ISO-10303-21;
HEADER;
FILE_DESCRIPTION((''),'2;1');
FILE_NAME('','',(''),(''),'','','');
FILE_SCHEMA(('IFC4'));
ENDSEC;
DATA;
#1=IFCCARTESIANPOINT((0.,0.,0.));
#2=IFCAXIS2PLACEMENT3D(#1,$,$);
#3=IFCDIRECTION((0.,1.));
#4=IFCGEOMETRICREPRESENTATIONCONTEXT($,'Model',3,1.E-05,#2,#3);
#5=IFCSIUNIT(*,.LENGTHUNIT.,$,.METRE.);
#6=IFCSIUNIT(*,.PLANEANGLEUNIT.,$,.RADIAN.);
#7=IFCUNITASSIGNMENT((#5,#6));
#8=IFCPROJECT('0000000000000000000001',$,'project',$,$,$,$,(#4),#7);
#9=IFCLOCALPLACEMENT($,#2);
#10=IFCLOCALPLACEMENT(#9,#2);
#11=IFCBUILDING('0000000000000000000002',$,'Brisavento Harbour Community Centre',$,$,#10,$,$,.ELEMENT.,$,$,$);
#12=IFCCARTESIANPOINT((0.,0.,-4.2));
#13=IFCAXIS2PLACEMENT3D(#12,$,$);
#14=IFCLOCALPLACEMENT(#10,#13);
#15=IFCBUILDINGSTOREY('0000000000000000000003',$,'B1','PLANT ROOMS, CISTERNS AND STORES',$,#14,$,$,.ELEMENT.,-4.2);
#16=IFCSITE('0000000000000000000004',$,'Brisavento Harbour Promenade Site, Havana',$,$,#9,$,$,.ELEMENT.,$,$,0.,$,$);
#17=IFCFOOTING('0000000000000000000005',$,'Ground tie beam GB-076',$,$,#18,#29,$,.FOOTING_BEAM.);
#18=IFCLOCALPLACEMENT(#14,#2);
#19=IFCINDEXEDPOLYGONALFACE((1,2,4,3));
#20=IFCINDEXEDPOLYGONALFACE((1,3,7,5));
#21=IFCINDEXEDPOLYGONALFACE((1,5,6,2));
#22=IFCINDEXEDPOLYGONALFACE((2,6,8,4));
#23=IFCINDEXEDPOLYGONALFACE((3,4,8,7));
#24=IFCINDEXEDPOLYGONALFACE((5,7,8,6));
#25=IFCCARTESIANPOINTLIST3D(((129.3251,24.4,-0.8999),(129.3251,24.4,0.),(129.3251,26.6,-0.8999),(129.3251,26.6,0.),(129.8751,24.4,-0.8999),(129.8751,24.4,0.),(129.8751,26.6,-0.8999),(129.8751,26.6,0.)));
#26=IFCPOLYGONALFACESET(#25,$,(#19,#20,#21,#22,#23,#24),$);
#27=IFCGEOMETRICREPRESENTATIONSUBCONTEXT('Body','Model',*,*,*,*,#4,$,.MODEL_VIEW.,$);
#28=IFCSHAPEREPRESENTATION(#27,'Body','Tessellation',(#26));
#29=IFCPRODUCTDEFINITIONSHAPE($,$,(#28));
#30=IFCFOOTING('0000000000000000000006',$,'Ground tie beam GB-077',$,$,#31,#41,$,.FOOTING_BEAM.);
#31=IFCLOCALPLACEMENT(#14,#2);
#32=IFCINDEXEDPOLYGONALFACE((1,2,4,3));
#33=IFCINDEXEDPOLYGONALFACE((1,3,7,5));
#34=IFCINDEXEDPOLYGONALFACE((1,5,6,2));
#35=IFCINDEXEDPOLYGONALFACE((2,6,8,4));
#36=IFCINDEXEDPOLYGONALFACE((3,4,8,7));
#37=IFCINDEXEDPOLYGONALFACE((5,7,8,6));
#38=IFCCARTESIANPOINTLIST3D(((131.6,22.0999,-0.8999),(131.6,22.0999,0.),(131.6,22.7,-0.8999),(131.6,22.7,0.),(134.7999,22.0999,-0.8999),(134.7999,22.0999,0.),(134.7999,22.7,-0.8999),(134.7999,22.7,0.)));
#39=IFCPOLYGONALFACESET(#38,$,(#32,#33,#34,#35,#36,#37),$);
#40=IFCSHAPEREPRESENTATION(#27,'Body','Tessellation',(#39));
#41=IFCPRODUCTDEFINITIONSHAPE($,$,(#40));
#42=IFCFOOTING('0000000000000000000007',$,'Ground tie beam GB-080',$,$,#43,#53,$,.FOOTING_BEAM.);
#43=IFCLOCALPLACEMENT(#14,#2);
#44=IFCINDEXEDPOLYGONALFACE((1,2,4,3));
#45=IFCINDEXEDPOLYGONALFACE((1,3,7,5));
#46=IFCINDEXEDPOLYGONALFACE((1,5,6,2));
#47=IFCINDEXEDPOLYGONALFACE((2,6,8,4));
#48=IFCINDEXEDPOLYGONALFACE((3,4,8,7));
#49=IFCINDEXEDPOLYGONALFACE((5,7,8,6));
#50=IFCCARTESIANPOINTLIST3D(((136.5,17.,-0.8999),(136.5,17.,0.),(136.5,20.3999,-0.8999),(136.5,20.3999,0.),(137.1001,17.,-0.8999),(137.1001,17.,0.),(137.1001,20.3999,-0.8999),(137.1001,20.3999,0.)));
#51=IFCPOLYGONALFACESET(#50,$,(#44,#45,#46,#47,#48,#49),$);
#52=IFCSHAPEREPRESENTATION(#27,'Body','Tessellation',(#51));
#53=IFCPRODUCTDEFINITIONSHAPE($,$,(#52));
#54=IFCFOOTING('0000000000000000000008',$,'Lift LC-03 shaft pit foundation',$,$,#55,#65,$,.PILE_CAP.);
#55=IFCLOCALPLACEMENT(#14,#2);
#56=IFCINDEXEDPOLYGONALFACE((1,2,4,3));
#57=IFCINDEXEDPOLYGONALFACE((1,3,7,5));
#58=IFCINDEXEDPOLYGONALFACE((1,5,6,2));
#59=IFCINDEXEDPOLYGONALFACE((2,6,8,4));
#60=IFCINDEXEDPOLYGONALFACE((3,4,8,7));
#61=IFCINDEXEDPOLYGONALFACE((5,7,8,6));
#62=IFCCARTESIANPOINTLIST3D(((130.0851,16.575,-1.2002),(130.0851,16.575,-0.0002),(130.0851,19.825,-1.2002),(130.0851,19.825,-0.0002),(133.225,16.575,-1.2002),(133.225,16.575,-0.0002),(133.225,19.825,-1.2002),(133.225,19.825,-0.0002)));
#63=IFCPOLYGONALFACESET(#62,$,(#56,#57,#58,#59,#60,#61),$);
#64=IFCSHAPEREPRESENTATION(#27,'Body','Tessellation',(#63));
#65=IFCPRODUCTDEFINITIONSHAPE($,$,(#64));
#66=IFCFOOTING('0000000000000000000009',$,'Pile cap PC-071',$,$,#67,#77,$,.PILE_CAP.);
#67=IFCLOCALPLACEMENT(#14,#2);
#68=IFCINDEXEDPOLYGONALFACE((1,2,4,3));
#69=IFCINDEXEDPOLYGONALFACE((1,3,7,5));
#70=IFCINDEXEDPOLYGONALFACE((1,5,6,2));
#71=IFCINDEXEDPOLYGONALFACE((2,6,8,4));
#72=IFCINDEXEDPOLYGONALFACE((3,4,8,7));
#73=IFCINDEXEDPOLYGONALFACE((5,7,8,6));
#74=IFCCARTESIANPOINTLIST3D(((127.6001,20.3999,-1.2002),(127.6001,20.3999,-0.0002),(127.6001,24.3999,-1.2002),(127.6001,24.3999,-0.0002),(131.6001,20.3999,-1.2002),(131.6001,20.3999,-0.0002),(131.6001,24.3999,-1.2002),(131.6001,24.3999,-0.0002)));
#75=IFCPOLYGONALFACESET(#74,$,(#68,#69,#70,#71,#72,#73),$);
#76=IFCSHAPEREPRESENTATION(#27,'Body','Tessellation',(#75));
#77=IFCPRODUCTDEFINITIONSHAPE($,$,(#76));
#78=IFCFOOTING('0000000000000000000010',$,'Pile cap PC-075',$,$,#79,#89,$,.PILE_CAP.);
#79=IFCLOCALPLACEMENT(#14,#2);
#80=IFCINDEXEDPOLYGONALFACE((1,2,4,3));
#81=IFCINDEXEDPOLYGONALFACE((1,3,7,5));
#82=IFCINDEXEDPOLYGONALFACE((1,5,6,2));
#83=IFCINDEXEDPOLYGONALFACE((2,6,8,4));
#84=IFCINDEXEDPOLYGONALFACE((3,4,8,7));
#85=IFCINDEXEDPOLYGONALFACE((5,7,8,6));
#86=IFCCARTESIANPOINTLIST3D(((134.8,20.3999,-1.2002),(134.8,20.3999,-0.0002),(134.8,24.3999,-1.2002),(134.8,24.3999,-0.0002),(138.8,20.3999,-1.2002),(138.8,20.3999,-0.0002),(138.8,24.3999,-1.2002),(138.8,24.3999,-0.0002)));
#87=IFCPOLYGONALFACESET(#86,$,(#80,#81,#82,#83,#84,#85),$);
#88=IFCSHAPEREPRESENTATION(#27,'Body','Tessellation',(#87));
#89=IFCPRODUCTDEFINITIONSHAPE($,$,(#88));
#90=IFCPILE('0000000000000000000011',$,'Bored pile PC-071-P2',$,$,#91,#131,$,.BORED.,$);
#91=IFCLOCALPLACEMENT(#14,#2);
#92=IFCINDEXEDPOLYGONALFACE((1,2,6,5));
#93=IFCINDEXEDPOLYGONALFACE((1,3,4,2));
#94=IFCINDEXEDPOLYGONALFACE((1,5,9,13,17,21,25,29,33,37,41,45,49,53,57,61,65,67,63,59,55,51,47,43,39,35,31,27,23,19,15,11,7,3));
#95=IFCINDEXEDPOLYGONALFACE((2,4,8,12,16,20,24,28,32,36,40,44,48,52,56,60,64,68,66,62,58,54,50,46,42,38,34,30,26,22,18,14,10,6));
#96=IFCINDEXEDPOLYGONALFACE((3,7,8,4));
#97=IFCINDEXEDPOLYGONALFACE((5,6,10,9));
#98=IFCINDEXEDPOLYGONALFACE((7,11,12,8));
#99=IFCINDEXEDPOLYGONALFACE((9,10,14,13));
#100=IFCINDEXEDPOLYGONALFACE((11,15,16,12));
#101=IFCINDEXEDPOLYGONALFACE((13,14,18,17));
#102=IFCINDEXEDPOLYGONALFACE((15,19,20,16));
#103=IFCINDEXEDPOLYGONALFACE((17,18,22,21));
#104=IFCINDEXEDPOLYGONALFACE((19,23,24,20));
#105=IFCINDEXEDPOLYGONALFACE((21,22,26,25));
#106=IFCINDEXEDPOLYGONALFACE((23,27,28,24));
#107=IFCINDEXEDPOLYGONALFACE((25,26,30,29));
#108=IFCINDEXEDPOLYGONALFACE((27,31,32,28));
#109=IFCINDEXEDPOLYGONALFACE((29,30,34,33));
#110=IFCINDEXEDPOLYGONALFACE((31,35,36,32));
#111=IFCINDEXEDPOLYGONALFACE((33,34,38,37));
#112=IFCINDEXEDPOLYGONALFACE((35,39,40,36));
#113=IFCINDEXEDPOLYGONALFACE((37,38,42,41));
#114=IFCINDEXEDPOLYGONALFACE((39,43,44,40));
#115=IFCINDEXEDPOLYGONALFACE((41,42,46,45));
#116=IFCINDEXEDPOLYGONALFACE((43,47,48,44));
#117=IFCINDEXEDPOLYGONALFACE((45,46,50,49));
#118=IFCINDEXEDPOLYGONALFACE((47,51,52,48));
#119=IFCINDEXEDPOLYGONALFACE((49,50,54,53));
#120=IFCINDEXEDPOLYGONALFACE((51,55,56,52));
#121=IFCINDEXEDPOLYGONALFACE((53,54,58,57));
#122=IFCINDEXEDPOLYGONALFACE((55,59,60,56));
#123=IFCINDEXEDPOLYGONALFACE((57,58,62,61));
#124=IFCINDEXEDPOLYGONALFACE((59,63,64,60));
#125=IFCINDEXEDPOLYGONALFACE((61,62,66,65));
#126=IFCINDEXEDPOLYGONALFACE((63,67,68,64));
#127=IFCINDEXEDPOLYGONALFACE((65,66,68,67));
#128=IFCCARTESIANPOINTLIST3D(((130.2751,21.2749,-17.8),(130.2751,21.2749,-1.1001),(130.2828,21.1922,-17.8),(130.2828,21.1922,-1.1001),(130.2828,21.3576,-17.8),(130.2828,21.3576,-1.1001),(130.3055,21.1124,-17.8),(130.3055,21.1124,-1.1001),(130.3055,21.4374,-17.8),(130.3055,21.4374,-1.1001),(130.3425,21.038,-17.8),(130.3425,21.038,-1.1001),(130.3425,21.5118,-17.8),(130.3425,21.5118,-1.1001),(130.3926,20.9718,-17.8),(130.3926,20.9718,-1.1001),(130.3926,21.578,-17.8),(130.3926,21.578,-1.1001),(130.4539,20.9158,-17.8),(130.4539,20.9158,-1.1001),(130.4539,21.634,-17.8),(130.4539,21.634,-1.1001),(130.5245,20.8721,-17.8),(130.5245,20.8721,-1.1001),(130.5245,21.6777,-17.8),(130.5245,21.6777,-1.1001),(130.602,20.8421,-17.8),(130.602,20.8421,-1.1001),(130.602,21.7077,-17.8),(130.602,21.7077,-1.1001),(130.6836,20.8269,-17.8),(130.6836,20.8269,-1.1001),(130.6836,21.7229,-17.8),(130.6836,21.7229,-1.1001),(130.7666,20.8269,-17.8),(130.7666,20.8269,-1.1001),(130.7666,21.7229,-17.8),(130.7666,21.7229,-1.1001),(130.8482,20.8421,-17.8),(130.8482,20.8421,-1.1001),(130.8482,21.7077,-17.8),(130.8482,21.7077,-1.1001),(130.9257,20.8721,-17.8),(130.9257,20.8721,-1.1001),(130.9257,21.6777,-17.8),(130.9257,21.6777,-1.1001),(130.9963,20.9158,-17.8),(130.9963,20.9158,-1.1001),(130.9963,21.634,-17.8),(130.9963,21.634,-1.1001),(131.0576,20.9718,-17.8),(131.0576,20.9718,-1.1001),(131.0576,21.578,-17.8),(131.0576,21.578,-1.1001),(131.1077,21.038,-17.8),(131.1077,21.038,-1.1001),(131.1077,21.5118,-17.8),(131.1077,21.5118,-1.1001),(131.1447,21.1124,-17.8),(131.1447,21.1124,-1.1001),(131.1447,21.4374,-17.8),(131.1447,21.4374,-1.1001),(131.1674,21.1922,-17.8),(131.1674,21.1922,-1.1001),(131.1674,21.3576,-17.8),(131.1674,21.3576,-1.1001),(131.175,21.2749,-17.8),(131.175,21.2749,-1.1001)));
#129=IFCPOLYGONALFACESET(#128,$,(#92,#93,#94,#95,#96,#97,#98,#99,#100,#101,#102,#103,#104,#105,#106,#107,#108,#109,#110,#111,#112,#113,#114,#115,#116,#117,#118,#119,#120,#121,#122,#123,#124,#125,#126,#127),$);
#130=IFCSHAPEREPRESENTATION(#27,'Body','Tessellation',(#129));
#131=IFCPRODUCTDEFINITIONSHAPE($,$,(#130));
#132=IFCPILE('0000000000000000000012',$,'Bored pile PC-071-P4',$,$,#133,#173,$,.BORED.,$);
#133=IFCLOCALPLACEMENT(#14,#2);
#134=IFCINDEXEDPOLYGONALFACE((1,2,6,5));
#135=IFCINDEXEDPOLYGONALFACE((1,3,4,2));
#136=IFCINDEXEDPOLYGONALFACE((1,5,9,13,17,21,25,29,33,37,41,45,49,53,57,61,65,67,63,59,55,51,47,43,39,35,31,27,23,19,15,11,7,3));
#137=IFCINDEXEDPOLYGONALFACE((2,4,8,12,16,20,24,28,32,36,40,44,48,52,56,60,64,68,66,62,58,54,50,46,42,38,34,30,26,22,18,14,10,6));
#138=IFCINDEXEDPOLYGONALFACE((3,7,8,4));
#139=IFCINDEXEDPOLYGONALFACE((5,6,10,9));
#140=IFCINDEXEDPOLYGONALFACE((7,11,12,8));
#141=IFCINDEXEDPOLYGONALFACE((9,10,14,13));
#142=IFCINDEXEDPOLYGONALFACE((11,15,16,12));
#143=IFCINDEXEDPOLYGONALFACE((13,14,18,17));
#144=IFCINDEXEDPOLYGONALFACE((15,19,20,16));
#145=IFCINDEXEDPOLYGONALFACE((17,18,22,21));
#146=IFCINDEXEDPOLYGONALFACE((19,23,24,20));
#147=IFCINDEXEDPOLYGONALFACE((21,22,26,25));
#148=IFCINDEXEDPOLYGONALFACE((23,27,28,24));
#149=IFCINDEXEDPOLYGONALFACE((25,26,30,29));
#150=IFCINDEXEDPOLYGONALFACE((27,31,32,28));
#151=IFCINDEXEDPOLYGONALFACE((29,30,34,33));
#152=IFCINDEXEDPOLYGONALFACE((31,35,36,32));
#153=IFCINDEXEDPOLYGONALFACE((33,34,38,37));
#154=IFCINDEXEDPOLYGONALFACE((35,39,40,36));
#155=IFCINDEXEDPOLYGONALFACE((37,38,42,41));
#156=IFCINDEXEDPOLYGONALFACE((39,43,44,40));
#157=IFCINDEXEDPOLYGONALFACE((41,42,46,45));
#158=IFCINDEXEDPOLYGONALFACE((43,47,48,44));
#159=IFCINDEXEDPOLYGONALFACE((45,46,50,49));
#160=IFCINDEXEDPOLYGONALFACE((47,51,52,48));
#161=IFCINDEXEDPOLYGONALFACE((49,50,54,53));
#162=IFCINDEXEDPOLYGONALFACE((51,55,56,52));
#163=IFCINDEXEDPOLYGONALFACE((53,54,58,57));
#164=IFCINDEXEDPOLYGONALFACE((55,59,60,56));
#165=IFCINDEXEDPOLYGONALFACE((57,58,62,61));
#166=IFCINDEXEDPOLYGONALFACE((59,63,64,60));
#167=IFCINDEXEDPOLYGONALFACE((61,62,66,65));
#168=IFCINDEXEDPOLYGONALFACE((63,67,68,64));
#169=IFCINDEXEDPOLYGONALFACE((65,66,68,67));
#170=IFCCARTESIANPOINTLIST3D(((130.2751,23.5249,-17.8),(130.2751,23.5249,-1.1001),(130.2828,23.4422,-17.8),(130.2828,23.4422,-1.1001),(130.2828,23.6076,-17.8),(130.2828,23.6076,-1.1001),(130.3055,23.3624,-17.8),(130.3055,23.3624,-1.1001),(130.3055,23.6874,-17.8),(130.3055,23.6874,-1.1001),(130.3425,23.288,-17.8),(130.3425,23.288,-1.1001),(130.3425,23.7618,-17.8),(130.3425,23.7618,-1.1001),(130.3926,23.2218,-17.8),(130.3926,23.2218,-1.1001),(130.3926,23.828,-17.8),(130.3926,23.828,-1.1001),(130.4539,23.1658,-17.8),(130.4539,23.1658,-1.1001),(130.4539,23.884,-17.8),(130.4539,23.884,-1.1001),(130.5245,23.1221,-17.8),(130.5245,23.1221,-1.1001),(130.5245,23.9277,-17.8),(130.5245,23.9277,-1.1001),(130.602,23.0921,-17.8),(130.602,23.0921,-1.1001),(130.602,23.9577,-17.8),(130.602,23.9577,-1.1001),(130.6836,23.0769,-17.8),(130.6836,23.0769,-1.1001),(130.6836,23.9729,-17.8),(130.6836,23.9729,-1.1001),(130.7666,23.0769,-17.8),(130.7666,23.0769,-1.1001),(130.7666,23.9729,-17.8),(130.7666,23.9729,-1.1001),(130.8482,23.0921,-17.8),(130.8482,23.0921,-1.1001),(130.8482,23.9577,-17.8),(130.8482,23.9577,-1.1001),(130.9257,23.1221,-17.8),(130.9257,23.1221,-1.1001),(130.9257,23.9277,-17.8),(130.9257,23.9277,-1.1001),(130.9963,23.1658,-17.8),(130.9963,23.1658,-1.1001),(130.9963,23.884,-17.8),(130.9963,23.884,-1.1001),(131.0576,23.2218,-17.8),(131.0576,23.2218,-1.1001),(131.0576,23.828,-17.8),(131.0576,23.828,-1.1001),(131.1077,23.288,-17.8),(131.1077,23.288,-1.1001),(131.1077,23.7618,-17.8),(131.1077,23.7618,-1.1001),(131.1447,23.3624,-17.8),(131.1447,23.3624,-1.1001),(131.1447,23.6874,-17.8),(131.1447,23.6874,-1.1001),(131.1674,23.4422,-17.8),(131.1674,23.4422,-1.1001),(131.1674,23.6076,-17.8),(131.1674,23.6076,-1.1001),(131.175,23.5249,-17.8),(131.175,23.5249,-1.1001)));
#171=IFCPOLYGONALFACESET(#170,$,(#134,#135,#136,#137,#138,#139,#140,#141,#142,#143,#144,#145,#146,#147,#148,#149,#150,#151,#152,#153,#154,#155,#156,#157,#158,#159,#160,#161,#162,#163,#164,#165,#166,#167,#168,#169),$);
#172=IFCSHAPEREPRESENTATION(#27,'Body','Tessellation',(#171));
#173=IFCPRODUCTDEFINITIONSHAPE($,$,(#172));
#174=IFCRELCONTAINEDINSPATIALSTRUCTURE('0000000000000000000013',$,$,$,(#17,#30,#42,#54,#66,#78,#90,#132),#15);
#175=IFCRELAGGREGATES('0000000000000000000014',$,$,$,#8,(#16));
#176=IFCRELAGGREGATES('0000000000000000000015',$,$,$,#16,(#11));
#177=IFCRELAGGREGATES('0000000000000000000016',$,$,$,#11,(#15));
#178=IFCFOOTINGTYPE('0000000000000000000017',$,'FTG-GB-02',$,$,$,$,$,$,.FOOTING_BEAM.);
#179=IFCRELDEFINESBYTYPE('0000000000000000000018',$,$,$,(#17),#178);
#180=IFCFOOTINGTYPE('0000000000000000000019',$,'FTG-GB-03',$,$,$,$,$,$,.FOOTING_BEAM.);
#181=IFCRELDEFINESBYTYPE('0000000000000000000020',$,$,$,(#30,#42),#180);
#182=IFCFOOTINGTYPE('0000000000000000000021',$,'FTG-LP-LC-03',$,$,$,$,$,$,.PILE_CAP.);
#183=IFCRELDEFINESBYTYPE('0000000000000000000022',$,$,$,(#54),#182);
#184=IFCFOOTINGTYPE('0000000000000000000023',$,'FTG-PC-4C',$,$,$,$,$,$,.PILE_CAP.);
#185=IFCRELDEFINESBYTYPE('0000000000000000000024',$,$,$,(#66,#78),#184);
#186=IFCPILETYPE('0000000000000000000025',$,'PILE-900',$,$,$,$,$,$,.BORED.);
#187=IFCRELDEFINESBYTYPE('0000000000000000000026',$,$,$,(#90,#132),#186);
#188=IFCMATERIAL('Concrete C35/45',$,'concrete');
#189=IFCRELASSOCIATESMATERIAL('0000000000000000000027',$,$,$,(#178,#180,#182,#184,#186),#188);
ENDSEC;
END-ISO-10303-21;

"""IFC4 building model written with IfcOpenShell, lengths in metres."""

from ifc_helpers import new_model, si_unit, direction, frame, origin, origin_2d, place, context, subcontext, project, spatial, rectangle, circle, extrude, material, material_profile, profile_set, type_object, element, save


model = new_model("IFC4")

# Units and contexts
model_context = context("Model", 3, precision=1e-05, world=origin(), true_north=direction((0.0, 1.0)))
body_context = subcontext(model_context, "Body", "Model", "MODEL_VIEW")
ifc_project = project(units=[si_unit("LENGTHUNIT", "METRE"), si_unit("PLANEANGLEUNIT", "RADIAN")], contexts=[model_context])

# Site, building, storey
site_placement = place(None, origin())
site = spatial("IfcSite", under=ifc_project, at=site_placement, Name="Brisavento Harbour Promenade Site, Havana", CompositionType="ELEMENT", RefElevation=0.0)
building_placement = place(site_placement, origin())
building = spatial("IfcBuilding", under=site, at=building_placement, Name="Brisavento Harbour Community Centre", CompositionType="ELEMENT")
storey_placement = place(building_placement, frame((0.0, 0.0, -4.2)))
storey = spatial("IfcBuildingStorey", under=building, at=storey_placement, Name="B1", Description="PLANT ROOMS, CISTERNS AND STORES", CompositionType="ELEMENT", Elevation=-4.2)

# Footings
ifc_material_1 = material(Name="Concrete C35/45", Category="concrete")
footing_type_1 = type_object("IfcFootingType", Name="FTG-GB-02", PredefinedType="FOOTING_BEAM", material=ifc_material_1)
footing_1_placement = place(storey_placement, frame((129.6001, 25.5, -0.8999), z_axis=(0.0, 0.0, 1.0), x_axis=(1.0, 0.0, 0.0)))
element("IfcFooting", 1, at=footing_1_placement, inside=storey, type_object=footing_type_1, Name="Ground tie beam GB-076", PredefinedType="FOOTING_BEAM", context=body_context, shape_type="SweptSolid", body=[
    extrude(rectangle(XDim=0.55, YDim=2.2, at=origin_2d()), origin(), (0.0, 0.0, 1.0), 0.8999),
])
footing_type_2 = type_object("IfcFootingType", Name="FTG-GB-03", PredefinedType="FOOTING_BEAM", material=ifc_material_1)
footing_2_placement = place(storey_placement, frame((133.2, 22.3999, -0.8999), z_axis=(0.0, 0.0, 1.0), x_axis=(1.0, 0.0, 0.0)))
element("IfcFooting", 2, at=footing_2_placement, inside=storey, type_object=footing_type_2, Name="Ground tie beam GB-077", PredefinedType="FOOTING_BEAM", context=body_context, shape_type="SweptSolid", body=[
    extrude(rectangle(XDim=3.2, YDim=0.6001, at=origin_2d()), origin(), (0.0, 0.0, 1.0), 0.8999),
])
footing_3_placement = place(storey_placement, frame((136.8, 18.7, -0.8999), z_axis=(0.0, 0.0, 1.0), x_axis=(1.0, 0.0, 0.0)))
element("IfcFooting", 3, at=footing_3_placement, inside=storey, type_object=footing_type_2, Name="Ground tie beam GB-080", PredefinedType="FOOTING_BEAM", context=body_context, shape_type="SweptSolid", body=[
    extrude(rectangle(XDim=0.6001, YDim=3.3999, at=origin_2d()), origin(), (0.0, 0.0, 1.0), 0.8999),
])
footing_type_3 = type_object("IfcFootingType", Name="FTG-LP-LC-03", PredefinedType="PILE_CAP", material=ifc_material_1)
footing_4_placement = place(storey_placement, frame((131.655, 18.2, -1.2002), z_axis=(0.0, 0.0, 1.0), x_axis=(1.0, 0.0, 0.0)))
element("IfcFooting", 4, at=footing_4_placement, inside=storey, type_object=footing_type_3, Name="Lift LC-03 shaft pit foundation", PredefinedType="PILE_CAP", context=body_context, shape_type="SweptSolid", body=[
    extrude(rectangle(XDim=3.1399, YDim=3.25, at=origin_2d()), origin(), (0.0, 0.0, 1.0), 1.2),
])
footing_type_4 = type_object("IfcFootingType", Name="FTG-PC-4C", PredefinedType="PILE_CAP", material=ifc_material_1)
for number, where, z_axis, x_axis, name in (
    (5, (129.6001, 22.3999, -1.2002), (0.0, 0.0, 1.0), (1.0, 0.0, 0.0), "Pile cap PC-071"),
    (6, (136.8, 22.3999, -1.2002), (0.0, 0.0, 1.0), (1.0, 0.0, 0.0), "Pile cap PC-075"),
):
    element("IfcFooting", number, at=place(storey_placement, frame(where, z_axis=z_axis, x_axis=x_axis)), inside=storey, type_object=footing_type_4, Name=name, PredefinedType="PILE_CAP", context=body_context, shape_type="SweptSolid", body=[
        extrude(rectangle(XDim=4.0, YDim=4.0, at=origin_2d()), origin(), (0.0, 0.0, 1.0), 1.2),
    ])

# Piles
ifc_material_profile_1 = material_profile(ifc_material_1, circle(Radius=0.45, at=origin_2d()), Name="Concrete C35/45")
ifc_profile_set_1 = profile_set([ifc_material_profile_1], Name="Concrete C35/45")
pile_type = type_object("IfcPileType", Name="PILE-900", PredefinedType="BORED", material=ifc_profile_set_1)
for number, where, z_axis, x_axis, name in (
    (7, (130.7251, 21.2749, -1.1001), (0.0, 0.0, -1.0), (1.0, 0.0, 0.0), "Bored pile PC-071-P2"),
    (8, (130.7251, 23.5249, -1.1001), (0.0, 0.0, -1.0), (1.0, 0.0, 0.0), "Bored pile PC-071-P4"),
):
    element("IfcPile", number, at=place(storey_placement, frame(where, z_axis=z_axis, x_axis=x_axis)), inside=storey, type_object=pile_type, Name=name, PredefinedType="BORED", context=body_context, shape_type="SweptSolid", body=[
        extrude(circle(Radius=0.45, at=origin_2d()), origin(), (0.0, 0.0, 1.0), 16.7),
    ])

save(model, "model.ifc")
